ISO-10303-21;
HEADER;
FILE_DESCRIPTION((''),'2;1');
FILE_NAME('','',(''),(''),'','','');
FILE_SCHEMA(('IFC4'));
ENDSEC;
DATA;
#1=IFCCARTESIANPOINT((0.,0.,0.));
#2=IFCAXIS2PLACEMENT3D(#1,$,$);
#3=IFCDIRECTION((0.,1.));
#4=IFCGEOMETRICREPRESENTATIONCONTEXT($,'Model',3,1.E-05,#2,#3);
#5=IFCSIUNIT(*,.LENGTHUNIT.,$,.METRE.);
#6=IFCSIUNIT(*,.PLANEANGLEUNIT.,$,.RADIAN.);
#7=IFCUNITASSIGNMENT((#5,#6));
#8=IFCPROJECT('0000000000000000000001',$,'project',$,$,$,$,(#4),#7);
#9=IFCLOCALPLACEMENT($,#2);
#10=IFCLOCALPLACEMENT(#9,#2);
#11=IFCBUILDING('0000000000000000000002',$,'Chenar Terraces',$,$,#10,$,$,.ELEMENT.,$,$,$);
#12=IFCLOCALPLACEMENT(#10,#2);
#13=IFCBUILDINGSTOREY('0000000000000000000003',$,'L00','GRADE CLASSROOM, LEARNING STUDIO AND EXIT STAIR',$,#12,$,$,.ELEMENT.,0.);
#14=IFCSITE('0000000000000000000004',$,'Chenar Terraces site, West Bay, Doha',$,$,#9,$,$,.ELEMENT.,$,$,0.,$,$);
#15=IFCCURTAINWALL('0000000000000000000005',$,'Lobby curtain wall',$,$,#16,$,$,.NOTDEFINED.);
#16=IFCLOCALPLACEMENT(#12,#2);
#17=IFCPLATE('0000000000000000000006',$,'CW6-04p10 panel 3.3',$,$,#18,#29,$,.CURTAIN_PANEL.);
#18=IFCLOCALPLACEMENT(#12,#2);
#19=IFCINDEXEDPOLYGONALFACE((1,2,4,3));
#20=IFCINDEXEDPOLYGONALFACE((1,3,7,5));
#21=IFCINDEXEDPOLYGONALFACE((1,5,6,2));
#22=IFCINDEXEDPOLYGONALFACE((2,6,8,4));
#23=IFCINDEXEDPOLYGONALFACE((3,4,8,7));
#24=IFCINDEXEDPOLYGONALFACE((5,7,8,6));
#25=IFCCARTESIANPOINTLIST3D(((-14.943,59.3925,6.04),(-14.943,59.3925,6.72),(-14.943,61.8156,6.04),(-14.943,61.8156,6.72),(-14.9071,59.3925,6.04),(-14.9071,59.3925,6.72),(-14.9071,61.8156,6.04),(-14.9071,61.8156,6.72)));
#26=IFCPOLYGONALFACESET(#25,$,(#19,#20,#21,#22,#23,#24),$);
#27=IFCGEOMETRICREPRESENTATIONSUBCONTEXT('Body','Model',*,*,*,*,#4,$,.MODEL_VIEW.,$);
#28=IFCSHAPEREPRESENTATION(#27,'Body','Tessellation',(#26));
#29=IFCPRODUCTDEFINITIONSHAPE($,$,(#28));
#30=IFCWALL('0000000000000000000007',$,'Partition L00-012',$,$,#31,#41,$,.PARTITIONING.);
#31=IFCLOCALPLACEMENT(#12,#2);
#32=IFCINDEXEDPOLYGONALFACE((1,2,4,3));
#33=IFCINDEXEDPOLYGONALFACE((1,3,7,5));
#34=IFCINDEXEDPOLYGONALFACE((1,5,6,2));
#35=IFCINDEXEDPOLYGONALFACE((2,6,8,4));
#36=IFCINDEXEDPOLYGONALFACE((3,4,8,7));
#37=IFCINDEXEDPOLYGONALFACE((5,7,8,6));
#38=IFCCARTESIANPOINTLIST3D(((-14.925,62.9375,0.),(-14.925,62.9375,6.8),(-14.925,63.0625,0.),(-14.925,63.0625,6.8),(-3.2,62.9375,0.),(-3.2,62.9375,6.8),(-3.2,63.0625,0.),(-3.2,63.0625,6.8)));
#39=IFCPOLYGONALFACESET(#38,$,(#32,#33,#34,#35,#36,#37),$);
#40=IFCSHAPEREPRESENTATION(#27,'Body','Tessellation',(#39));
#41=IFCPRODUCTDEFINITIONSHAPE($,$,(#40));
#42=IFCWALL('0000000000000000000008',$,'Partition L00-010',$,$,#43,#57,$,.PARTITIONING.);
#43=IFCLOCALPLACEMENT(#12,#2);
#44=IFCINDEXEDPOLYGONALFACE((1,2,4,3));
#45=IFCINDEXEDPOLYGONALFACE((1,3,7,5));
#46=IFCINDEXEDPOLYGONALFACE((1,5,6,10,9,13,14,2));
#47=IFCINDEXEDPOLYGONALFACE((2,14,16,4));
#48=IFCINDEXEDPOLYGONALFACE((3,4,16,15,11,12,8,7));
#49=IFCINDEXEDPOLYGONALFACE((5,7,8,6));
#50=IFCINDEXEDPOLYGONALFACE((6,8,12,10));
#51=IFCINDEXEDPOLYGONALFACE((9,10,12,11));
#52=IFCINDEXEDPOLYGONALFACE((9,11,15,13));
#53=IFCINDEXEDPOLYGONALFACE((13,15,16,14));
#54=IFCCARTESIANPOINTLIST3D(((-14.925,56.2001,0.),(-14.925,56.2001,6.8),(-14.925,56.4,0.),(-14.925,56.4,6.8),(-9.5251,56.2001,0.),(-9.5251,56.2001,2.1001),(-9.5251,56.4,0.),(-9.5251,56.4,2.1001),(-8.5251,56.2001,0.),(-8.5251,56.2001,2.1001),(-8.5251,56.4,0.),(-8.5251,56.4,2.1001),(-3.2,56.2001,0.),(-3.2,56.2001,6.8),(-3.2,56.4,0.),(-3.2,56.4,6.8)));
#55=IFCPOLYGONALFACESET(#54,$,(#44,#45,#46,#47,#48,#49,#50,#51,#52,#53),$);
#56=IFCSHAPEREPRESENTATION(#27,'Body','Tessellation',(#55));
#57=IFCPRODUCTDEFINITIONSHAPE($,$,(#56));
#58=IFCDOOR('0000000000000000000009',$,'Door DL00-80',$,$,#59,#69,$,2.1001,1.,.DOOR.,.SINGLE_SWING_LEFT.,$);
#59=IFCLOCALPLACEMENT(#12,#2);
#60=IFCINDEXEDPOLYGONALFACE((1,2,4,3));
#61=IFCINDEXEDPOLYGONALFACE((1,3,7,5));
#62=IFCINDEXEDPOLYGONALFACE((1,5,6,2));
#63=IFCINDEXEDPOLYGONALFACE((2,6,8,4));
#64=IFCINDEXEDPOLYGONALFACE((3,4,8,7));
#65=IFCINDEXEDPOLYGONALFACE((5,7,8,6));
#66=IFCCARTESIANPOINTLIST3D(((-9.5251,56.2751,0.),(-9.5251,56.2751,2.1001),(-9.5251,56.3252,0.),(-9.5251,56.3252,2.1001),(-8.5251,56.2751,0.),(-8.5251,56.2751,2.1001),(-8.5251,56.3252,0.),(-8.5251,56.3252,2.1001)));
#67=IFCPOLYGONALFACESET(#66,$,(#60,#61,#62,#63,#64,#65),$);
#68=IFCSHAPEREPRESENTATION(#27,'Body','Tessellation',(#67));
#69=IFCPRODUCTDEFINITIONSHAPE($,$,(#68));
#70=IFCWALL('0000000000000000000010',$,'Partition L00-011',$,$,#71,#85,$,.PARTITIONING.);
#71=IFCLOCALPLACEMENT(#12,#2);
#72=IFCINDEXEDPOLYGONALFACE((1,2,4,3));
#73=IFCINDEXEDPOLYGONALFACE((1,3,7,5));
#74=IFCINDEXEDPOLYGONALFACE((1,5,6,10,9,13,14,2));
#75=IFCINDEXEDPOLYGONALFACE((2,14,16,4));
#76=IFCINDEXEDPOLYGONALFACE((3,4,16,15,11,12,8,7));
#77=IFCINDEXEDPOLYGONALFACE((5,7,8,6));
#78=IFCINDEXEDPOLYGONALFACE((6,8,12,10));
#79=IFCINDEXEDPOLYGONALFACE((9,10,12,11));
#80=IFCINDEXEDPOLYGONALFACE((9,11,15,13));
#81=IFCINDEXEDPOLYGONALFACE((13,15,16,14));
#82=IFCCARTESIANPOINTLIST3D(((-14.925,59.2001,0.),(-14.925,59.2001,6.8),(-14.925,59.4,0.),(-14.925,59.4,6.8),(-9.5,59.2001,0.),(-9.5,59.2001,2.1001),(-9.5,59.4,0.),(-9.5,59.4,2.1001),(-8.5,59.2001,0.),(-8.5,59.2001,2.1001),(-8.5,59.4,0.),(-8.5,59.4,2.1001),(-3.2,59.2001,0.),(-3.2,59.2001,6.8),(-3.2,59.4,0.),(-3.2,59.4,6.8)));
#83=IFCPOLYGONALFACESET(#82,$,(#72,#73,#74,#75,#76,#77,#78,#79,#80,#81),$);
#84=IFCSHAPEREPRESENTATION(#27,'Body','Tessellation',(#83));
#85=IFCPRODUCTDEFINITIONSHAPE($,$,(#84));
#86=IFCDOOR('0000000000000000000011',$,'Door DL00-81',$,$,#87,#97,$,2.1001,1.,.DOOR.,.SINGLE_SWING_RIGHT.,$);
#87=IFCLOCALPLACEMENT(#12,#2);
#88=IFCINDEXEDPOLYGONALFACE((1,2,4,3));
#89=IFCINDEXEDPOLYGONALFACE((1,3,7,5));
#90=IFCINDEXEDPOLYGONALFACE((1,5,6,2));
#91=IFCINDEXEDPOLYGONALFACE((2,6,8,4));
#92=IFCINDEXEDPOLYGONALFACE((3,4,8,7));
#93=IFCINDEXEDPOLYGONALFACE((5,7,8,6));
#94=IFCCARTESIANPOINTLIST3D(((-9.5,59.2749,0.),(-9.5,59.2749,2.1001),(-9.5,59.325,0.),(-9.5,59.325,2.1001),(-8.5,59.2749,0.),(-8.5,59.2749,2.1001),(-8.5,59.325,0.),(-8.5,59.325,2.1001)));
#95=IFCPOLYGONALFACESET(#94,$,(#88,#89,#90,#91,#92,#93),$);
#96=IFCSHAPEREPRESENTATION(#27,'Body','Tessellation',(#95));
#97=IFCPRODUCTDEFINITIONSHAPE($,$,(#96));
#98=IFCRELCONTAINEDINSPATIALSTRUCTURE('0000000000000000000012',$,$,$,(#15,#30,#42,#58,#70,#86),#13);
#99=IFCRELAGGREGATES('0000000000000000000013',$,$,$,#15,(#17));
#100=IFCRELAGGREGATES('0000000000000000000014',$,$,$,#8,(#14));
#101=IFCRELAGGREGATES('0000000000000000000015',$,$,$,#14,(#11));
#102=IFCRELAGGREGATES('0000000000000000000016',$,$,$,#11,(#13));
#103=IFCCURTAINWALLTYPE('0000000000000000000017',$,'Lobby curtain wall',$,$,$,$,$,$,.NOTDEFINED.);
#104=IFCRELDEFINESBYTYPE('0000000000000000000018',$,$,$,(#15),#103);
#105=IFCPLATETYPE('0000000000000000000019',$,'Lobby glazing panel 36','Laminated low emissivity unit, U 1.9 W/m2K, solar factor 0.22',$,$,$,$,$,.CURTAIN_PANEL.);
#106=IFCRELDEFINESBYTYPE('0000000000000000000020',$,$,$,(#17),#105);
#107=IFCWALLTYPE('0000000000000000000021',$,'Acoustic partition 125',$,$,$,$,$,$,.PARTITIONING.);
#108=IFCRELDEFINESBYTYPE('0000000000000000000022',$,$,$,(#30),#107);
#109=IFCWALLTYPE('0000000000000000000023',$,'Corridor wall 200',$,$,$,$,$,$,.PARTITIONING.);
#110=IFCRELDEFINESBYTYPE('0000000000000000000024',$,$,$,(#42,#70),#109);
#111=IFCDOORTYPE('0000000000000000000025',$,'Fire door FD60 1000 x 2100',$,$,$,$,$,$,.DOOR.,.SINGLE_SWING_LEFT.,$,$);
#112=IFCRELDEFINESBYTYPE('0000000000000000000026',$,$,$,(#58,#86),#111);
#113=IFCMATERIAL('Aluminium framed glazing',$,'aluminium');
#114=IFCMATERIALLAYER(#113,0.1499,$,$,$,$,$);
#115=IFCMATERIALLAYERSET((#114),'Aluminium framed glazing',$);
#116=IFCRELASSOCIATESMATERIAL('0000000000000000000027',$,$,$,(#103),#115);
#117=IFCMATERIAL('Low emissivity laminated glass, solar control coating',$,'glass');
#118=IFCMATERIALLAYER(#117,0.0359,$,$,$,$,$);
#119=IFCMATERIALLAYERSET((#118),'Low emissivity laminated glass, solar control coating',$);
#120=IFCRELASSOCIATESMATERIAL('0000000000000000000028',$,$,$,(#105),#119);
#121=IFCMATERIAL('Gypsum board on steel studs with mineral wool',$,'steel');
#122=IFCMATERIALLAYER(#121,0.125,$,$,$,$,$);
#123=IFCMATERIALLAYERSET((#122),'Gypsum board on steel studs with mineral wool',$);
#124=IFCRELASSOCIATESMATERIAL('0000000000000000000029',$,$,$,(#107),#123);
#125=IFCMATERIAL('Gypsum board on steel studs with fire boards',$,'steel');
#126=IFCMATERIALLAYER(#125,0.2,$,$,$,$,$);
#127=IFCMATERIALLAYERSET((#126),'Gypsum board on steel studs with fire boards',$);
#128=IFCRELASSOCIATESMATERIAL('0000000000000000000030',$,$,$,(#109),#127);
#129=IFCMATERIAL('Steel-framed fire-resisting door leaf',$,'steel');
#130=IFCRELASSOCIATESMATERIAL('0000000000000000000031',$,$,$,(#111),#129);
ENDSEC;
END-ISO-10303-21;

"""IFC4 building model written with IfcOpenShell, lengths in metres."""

from ifc_helpers import new_model, si_unit, direction, frame, frame_2d, origin, origin_2d, place, context, subcontext, project, spatial, rectangle, extrude, material, layer, layer_set, type_object, element, fill, aggregate, save


model = new_model("IFC4")

# Units and contexts
model_context = context("Model", 3, precision=1e-05, world=origin(), true_north=direction((0.0, 1.0)))
body_context = subcontext(model_context, "Body", "Model", "MODEL_VIEW")
ifc_project = project(units=[si_unit("LENGTHUNIT", "METRE"), si_unit("PLANEANGLEUNIT", "RADIAN")], contexts=[model_context])

# Site, building, storey
site_placement = place(None, origin())
site = spatial("IfcSite", under=ifc_project, at=site_placement, Name="Chenar Terraces site, West Bay, Doha", CompositionType="ELEMENT", RefElevation=0.0)
building_placement = place(site_placement, origin())
building = spatial("IfcBuilding", under=site, at=building_placement, Name="Chenar Terraces", CompositionType="ELEMENT")
storey_placement = place(building_placement, origin())
storey = spatial("IfcBuildingStorey", under=building, at=storey_placement, Name="L00", Description="GRADE CLASSROOM, LEARNING STUDIO AND EXIT STAIR", CompositionType="ELEMENT", Elevation=0.0)

# Curtain wall
ifc_material_1 = material(Name="Aluminium framed glazing", Category="aluminium")
ifc_layer_1 = layer(ifc_material_1, 0.1499)
ifc_layer_set_1 = layer_set([ifc_layer_1], Name="Aluminium framed glazing")
curtain_wall_type = type_object("IfcCurtainWallType", Name="Lobby curtain wall", PredefinedType="NOTDEFINED", material=ifc_layer_set_1)
placement = place(storey_placement, origin())
curtain_wall_1 = element("IfcCurtainWall", 1, at=placement, inside=storey, type_object=curtain_wall_type, Name="Lobby curtain wall", PredefinedType="NOTDEFINED")

# Plate
ifc_material_2 = material(Name="Low emissivity laminated glass, solar control coating", Category="glass")
ifc_layer_2 = layer(ifc_material_2, 0.0359)
ifc_layer_set_2 = layer_set([ifc_layer_2], Name="Low emissivity laminated glass, solar control coating")
plate_type = type_object("IfcPlateType", Name="Lobby glazing panel 36", Description="Laminated low emissivity unit, U 1.9 W/m2K, solar factor 0.22", PredefinedType="CURTAIN_PANEL", material=ifc_layer_set_2)
plate_1_placement = place(storey_placement, frame((-14.925, 60.604, 6.04), z_axis=(0.0, 0.0, 1.0), x_axis=(0.0, -1.0, 0.0)))
plate_1 = element("IfcPlate", 2, at=plate_1_placement, type_object=plate_type, Name="CW6-04p10 panel 3.3", PredefinedType="CURTAIN_PANEL", context=body_context, shape_type="SweptSolid", body=[
    extrude(rectangle(XDim=2.4231, YDim=0.0359, at=origin_2d()), origin(), (0.0, 0.0, 1.0), 0.6799),
])
aggregate(curtain_wall_1, [plate_1])

# Wall
ifc_material_3 = material(Name="Gypsum board on steel studs with mineral wool", Category="steel")
ifc_layer_3 = layer(ifc_material_3, 0.125)
ifc_layer_set_3 = layer_set([ifc_layer_3], Name="Gypsum board on steel studs with mineral wool")
wall_type_1 = type_object("IfcWallType", Name="Acoustic partition 125", PredefinedType="PARTITIONING", material=ifc_layer_set_3)
wall_1_placement = place(storey_placement, frame((-14.925, 63.0, 0.0), z_axis=(0.0, 0.0, 1.0), x_axis=(1.0, 0.0, 0.0)))
element("IfcWall", 3, at=wall_1_placement, inside=storey, type_object=wall_type_1, Name="Partition L00-012", PredefinedType="PARTITIONING", context=body_context, shape_type="SweptSolid", body=[
    extrude(rectangle(XDim=11.7251, YDim=0.125, at=frame_2d((5.8625, 0.0))), origin(), (0.0, 0.0, 1.0), 6.8),
])

# Walls, openings, doors
ifc_material_4 = material(Name="Gypsum board on steel studs with fire boards", Category="steel")
ifc_layer_4 = layer(ifc_material_4, 0.2)
ifc_layer_set_4 = layer_set([ifc_layer_4], Name="Gypsum board on steel studs with fire boards")
wall_type_2 = type_object("IfcWallType", Name="Corridor wall 200", PredefinedType="PARTITIONING", material=ifc_layer_set_4)
wall_2_placement = place(storey_placement, frame((-14.925, 56.3, 0.0), z_axis=(0.0, 0.0, 1.0), x_axis=(1.0, 0.0, 0.0)))
wall_2 = element("IfcWall", 4, at=wall_2_placement, inside=storey, type_object=wall_type_2, Name="Partition L00-010", PredefinedType="PARTITIONING", context=body_context, shape_type="SweptSolid", body=[
    extrude(rectangle(XDim=11.7251, YDim=0.2, at=frame_2d((5.8625, 0.0))), origin(), (0.0, 0.0, 1.0), 6.8),
])
opening_1_placement = place(wall_2_placement, frame((5.3999, 0.0, 0.0)))
opening_1 = element("IfcOpeningElement", 5, at=opening_1_placement, cuts=wall_2, PredefinedType="OPENING", context=body_context, shape_type="SweptSolid", body=[
    extrude(rectangle(XDim=1.0, YDim=2.1001, at=frame_2d((0.5, 1.05))), frame((0.0, 0.1099, 0.0), z_axis=(0.0, -1.0, 0.0), x_axis=(1.0, 0.0, 0.0)), (0.0, 0.0, 1.0), 0.22),
])
ifc_material_5 = material(Name="Steel-framed fire-resisting door leaf", Category="steel")
door_type_1 = type_object("IfcDoorType", Name="Fire door FD60 1000 x 2100", OperationType="SINGLE_SWING_LEFT", PredefinedType="DOOR", material=ifc_material_5)
door_1_placement = place(opening_1_placement, frame((1.0, 0.0, 0.0), z_axis=(0.0, 0.0, 1.0), x_axis=(-1.0, 0.0, 0.0)))
door_1 = element("IfcDoor", 6, at=door_1_placement, inside=storey, type_object=door_type_1, Name="Door DL00-80", OperationType="SINGLE_SWING_LEFT", OverallHeight=2.1001, OverallWidth=1.0, PredefinedType="DOOR", context=body_context, shape_type="SweptSolid", body=[
    extrude(rectangle(XDim=1.0, YDim=2.1001, at=frame_2d((0.5, 1.05))), frame((0.0, 0.0249, 0.0), z_axis=(0.0, -1.0, 0.0), x_axis=(1.0, 0.0, 0.0)), (0.0, 0.0, 1.0), 0.05),
])
fill(opening_1, door_1)
wall_3_placement = place(storey_placement, frame((-14.925, 59.3, 0.0), z_axis=(0.0, 0.0, 1.0), x_axis=(1.0, 0.0, 0.0)))
wall_3 = element("IfcWall", 7, at=wall_3_placement, inside=storey, type_object=wall_type_2, Name="Partition L00-011", PredefinedType="PARTITIONING", context=body_context, shape_type="SweptSolid", body=[
    extrude(rectangle(XDim=11.7251, YDim=0.2, at=frame_2d((5.8625, 0.0))), origin(), (0.0, 0.0, 1.0), 6.8),
])
opening_2_placement = place(wall_3_placement, frame((5.425, 0.0, 0.0)))
opening_2 = element("IfcOpeningElement", 8, at=opening_2_placement, cuts=wall_3, PredefinedType="OPENING", context=body_context, shape_type="SweptSolid", body=[
    extrude(rectangle(XDim=1.0, YDim=2.1001, at=frame_2d((0.5, 1.05))), frame((0.0, 0.1099, 0.0), z_axis=(0.0, -1.0, 0.0), x_axis=(1.0, 0.0, 0.0)), (0.0, 0.0, 1.0), 0.22),
])
door_2_placement = place(opening_2_placement, origin())
door_2 = element("IfcDoor", 9, at=door_2_placement, inside=storey, type_object=door_type_1, Name="Door DL00-81", OperationType="SINGLE_SWING_RIGHT", OverallHeight=2.1001, OverallWidth=1.0, PredefinedType="DOOR", context=body_context, shape_type="SweptSolid", body=[
    extrude(rectangle(XDim=1.0, YDim=2.1001, at=frame_2d((0.5, 1.05))), frame((0.0, 0.0249, 0.0), z_axis=(0.0, -1.0, 0.0), x_axis=(1.0, 0.0, 0.0)), (0.0, 0.0, 1.0), 0.05),
])
fill(opening_2, door_2)

save(model, "model.ifc")
